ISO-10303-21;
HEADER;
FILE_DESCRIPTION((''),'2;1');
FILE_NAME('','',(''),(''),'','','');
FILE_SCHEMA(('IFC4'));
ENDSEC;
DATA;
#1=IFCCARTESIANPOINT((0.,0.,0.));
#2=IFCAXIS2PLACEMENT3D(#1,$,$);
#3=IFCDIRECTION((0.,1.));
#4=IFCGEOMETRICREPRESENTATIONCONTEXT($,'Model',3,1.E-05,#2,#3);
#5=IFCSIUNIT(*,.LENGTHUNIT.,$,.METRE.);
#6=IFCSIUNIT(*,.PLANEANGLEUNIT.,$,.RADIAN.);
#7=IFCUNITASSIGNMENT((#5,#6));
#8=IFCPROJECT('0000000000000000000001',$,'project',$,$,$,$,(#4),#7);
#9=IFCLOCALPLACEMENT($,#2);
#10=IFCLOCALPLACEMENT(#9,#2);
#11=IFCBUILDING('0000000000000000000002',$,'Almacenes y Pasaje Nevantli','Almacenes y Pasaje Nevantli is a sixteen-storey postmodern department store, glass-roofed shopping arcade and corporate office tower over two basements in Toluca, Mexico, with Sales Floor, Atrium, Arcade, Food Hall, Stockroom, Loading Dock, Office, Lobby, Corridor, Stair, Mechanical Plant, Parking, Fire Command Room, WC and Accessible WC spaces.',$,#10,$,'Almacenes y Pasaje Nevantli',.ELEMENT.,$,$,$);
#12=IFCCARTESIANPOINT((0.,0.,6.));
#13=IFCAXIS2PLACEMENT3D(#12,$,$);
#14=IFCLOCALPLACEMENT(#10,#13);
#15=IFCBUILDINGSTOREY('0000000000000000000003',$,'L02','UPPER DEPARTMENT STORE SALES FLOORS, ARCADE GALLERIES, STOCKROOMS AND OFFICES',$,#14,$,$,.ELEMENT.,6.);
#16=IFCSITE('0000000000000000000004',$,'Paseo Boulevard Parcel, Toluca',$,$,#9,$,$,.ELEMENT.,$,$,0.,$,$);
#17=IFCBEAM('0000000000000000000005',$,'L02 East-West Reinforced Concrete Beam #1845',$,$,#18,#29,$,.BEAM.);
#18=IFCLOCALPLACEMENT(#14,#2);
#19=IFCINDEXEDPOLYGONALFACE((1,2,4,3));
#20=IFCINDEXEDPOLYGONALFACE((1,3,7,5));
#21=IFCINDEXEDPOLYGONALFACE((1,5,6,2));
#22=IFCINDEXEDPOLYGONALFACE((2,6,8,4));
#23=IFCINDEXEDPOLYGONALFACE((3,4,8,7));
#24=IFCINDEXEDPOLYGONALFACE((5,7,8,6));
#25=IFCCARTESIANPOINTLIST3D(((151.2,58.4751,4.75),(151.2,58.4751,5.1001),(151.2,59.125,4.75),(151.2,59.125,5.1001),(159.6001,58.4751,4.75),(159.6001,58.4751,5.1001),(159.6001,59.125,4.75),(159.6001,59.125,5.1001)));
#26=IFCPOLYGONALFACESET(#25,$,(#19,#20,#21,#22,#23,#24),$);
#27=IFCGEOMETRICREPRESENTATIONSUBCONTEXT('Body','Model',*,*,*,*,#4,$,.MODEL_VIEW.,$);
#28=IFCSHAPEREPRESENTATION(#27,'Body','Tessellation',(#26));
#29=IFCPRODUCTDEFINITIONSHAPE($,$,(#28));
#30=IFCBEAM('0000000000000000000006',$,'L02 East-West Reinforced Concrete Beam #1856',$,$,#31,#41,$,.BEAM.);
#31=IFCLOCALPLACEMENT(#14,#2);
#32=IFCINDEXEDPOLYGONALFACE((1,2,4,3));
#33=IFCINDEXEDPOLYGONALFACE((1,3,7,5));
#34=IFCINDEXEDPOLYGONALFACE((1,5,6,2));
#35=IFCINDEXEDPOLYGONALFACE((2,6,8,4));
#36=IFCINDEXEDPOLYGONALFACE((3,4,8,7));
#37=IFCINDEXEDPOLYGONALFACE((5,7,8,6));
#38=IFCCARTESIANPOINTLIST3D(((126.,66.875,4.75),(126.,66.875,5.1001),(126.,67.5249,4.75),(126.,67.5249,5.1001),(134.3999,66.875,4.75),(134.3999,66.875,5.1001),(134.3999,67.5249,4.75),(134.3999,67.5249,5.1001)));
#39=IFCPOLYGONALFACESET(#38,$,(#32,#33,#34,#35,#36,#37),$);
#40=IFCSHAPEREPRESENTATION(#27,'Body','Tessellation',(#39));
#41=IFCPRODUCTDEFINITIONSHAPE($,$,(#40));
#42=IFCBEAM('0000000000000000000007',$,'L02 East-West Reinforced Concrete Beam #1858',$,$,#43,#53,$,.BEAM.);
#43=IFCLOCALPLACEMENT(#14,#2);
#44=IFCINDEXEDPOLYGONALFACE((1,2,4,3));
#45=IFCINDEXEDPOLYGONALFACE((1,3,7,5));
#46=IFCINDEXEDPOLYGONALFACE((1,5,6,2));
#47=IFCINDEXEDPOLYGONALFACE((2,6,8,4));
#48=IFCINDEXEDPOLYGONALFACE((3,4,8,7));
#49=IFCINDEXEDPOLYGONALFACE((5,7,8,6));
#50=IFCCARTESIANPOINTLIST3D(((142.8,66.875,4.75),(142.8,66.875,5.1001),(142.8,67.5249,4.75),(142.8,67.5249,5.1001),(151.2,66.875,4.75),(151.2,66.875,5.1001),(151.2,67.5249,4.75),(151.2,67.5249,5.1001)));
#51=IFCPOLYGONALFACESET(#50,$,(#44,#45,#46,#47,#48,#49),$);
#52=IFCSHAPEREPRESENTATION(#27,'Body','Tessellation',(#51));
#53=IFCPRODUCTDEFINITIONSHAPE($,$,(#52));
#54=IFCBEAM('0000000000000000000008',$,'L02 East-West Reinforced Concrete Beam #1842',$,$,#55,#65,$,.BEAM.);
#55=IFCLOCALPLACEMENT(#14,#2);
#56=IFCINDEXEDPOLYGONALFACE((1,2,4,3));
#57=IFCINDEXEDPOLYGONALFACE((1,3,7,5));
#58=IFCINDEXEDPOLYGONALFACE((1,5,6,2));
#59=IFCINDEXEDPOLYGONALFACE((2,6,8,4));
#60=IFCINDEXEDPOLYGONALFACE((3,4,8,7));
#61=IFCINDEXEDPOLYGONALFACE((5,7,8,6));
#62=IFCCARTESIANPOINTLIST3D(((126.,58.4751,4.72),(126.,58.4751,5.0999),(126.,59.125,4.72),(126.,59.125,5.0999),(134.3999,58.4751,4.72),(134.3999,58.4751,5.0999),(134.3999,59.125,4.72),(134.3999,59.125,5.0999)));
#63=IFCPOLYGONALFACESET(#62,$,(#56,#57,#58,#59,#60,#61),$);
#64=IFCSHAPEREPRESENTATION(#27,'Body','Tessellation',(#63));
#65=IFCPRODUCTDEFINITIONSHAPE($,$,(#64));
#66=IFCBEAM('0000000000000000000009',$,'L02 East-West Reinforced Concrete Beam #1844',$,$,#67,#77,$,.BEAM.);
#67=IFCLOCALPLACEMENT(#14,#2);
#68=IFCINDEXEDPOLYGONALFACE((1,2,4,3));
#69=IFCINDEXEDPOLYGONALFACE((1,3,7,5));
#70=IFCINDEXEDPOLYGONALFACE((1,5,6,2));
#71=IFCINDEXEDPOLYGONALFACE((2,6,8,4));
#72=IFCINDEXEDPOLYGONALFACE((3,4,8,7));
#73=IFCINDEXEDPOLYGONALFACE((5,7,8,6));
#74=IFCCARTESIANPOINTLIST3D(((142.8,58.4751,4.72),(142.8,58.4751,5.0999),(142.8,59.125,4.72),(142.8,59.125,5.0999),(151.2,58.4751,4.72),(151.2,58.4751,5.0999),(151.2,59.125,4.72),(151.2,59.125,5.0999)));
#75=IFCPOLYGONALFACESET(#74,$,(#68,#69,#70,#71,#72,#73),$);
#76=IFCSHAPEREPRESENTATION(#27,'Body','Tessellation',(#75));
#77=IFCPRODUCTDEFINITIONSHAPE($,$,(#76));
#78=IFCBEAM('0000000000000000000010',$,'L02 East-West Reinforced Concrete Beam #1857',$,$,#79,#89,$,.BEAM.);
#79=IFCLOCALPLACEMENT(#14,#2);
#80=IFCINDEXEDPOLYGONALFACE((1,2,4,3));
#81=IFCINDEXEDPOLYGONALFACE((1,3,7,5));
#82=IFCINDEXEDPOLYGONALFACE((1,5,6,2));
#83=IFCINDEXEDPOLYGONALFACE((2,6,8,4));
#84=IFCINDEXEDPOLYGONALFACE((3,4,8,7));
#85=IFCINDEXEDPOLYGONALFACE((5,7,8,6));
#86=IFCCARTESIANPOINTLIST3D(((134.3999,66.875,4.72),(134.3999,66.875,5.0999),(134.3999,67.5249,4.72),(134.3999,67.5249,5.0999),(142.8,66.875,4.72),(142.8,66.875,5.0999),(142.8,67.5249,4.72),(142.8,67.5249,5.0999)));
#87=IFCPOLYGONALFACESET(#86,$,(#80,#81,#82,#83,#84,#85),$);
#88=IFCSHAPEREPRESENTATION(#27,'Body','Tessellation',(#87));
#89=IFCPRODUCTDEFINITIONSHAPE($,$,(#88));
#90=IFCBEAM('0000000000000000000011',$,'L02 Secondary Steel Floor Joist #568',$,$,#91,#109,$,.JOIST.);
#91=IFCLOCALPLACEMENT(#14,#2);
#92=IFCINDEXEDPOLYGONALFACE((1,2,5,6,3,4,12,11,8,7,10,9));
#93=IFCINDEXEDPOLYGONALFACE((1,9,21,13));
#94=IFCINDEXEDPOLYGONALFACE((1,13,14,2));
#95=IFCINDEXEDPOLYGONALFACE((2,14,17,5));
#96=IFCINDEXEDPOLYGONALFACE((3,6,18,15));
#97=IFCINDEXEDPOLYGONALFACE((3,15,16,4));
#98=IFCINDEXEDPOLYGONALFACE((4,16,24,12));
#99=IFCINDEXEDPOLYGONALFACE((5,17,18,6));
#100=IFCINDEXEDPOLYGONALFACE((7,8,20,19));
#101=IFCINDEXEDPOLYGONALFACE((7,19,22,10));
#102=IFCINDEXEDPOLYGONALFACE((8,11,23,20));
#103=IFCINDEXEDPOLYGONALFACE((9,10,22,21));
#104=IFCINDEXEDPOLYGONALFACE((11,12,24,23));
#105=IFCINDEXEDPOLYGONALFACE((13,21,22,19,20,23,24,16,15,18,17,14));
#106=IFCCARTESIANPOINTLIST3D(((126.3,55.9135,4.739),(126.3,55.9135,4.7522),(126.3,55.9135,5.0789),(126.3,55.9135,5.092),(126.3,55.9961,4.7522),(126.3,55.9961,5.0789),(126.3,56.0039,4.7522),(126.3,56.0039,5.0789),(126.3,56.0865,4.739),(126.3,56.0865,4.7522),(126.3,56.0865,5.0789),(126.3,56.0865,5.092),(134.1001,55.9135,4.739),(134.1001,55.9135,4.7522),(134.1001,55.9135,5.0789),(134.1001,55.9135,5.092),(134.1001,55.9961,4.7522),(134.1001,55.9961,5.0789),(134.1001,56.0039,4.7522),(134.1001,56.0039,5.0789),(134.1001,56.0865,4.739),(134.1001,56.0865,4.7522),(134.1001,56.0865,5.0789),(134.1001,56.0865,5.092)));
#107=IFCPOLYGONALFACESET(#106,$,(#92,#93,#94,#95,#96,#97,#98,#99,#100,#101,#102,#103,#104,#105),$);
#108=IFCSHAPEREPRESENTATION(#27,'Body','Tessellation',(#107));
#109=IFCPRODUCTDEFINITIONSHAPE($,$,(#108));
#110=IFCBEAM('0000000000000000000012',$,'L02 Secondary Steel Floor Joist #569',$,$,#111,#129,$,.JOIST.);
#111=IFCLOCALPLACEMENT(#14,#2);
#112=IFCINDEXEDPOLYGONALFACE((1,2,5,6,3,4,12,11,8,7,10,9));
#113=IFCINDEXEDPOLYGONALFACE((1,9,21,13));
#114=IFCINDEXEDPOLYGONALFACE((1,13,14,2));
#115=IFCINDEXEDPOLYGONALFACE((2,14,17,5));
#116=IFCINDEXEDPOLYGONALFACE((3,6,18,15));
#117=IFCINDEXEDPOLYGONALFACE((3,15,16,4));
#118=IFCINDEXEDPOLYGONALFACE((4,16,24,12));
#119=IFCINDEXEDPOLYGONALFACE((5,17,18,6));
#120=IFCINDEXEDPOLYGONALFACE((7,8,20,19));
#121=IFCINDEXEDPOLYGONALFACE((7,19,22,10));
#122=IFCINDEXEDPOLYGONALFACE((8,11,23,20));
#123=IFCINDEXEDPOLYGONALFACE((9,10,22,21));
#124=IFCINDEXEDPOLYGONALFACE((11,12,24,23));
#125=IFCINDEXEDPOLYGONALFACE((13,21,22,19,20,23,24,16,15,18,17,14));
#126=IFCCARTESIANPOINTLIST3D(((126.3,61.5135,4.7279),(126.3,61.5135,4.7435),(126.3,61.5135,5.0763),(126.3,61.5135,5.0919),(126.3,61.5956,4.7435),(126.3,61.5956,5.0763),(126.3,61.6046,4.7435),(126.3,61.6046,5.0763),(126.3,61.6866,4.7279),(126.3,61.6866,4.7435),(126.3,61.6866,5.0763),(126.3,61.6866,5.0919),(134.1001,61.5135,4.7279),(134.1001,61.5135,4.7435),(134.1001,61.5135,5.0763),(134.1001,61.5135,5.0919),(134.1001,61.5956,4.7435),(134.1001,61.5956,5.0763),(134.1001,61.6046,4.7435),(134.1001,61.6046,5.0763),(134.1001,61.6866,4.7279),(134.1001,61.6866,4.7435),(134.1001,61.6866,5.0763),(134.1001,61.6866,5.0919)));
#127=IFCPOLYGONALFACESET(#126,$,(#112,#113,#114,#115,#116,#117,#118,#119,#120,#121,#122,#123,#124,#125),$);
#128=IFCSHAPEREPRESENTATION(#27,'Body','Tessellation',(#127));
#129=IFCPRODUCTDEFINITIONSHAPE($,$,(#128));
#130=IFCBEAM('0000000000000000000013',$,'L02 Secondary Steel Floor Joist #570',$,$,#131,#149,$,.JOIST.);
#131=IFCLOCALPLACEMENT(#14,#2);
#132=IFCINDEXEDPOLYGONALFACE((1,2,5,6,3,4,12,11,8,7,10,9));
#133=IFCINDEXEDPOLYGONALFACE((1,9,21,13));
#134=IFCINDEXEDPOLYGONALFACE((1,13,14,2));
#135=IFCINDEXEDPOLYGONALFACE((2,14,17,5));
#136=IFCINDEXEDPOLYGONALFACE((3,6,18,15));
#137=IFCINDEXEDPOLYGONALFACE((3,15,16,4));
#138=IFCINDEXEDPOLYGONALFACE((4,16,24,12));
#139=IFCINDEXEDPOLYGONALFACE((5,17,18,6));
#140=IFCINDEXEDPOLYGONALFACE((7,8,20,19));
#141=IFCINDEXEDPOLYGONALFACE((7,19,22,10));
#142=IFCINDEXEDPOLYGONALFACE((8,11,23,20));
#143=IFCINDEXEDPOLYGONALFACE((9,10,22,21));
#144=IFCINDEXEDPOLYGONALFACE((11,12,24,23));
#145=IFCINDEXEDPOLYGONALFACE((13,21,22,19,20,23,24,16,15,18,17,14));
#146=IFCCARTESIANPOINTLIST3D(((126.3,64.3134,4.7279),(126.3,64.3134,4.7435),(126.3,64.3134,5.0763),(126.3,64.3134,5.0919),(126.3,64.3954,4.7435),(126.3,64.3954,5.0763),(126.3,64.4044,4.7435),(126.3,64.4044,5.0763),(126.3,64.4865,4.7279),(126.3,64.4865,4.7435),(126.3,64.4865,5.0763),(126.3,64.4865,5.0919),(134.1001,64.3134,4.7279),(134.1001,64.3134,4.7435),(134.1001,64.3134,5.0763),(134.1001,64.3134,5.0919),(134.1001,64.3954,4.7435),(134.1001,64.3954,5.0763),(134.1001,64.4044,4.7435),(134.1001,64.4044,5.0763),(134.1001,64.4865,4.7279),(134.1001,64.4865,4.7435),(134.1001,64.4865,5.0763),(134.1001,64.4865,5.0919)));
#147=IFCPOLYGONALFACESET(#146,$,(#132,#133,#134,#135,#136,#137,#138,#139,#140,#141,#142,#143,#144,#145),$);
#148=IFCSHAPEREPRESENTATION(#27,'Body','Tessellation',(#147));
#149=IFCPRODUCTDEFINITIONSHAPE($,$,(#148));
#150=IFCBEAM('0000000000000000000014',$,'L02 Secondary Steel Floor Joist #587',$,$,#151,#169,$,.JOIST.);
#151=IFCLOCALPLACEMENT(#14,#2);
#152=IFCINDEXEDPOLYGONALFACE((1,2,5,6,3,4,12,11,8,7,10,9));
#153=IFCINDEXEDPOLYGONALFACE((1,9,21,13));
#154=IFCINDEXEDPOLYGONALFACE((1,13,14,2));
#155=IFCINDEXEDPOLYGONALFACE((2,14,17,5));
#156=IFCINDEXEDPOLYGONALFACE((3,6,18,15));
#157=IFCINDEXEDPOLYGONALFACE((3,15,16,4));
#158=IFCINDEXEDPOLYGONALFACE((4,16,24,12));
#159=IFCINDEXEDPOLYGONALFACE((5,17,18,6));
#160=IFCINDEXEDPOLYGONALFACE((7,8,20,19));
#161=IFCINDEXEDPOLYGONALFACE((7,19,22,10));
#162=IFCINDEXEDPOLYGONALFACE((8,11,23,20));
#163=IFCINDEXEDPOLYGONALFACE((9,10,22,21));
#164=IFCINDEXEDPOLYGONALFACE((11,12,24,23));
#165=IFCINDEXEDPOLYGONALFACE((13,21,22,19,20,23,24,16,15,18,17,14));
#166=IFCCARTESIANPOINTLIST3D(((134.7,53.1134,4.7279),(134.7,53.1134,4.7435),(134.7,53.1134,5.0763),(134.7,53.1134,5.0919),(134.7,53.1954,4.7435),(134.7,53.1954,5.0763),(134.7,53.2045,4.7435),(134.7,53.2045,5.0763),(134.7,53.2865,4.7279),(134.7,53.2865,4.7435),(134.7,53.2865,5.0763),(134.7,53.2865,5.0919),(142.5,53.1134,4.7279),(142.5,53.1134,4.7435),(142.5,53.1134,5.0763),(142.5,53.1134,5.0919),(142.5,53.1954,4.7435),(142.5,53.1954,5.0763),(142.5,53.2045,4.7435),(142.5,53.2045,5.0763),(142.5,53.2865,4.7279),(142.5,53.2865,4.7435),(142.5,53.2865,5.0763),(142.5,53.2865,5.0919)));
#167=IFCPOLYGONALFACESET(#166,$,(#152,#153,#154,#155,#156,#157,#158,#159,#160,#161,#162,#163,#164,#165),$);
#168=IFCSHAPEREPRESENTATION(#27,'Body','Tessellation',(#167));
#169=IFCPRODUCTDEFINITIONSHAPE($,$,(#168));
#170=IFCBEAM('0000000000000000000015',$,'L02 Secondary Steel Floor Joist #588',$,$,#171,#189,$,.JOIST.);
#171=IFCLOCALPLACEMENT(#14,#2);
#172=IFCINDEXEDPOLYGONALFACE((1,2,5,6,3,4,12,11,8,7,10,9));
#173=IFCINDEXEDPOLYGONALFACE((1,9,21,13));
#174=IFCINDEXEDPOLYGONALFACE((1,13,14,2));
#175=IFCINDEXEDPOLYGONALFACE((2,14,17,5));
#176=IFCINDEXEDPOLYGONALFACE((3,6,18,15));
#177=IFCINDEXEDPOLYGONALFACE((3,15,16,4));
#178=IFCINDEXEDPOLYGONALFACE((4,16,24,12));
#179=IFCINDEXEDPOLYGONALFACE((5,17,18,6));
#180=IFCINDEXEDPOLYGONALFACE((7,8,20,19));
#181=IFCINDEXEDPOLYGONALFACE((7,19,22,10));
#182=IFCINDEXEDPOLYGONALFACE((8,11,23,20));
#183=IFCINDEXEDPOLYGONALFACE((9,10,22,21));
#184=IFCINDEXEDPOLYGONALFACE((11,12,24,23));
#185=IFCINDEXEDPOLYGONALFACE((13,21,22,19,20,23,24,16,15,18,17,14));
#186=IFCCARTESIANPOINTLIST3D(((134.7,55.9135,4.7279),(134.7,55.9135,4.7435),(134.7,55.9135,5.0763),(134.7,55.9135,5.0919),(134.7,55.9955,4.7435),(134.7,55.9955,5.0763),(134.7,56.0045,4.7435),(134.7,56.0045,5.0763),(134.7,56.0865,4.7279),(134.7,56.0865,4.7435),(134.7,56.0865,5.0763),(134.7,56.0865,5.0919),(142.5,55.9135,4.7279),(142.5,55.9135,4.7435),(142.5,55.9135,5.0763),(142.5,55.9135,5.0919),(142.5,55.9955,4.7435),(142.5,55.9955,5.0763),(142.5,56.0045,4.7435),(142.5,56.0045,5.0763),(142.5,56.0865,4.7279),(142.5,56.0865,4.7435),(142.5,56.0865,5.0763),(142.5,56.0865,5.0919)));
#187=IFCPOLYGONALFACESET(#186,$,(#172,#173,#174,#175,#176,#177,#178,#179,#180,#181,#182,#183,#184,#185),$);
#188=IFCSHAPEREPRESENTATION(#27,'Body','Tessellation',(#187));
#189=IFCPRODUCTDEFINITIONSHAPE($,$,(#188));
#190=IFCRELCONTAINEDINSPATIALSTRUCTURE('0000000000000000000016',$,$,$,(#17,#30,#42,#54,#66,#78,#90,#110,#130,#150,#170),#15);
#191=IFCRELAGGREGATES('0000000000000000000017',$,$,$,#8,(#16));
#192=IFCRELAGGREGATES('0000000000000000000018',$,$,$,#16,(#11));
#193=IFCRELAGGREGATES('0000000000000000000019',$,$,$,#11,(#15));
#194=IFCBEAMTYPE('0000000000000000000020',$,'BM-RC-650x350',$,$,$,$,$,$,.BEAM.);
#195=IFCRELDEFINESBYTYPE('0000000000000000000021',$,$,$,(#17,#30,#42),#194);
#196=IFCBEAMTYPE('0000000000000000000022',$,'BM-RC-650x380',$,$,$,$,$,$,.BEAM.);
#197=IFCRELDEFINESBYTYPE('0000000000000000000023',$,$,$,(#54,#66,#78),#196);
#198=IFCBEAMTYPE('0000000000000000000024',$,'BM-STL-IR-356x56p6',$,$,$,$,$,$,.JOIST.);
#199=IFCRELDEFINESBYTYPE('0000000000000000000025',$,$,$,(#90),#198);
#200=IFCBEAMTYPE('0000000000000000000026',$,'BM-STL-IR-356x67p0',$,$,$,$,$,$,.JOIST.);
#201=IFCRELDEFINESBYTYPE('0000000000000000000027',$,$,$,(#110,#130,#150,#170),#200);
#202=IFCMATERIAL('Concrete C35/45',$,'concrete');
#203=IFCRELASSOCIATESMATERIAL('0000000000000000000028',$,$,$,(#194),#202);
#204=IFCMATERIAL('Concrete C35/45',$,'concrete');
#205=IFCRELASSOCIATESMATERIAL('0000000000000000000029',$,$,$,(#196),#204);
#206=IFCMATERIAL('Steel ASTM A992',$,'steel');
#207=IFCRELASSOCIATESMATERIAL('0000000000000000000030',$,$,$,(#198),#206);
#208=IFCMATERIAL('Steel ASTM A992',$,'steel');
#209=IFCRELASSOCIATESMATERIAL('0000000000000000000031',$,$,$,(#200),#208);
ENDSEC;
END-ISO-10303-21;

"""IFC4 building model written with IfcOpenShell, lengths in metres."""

from ifc_helpers import new_model, si_unit, direction, frame, origin, origin_2d, place, context, subcontext, project, spatial, rectangle, i_section, extrude, material, material_profile, profile_set, type_object, element, save


model = new_model("IFC4")

# Units and contexts
model_context = context("Model", 3, precision=1e-05, world=origin(), true_north=direction((0.0, 1.0)))
body_context = subcontext(model_context, "Body", "Model", "MODEL_VIEW")
ifc_project = project(units=[si_unit("LENGTHUNIT", "METRE"), si_unit("PLANEANGLEUNIT", "RADIAN")], contexts=[model_context])

# Site, building, storey
site_placement = place(None, origin())
site = spatial("IfcSite", under=ifc_project, at=site_placement, Name="Paseo Boulevard Parcel, Toluca", CompositionType="ELEMENT", RefElevation=0.0)
building_placement = place(site_placement, origin())
building = spatial("IfcBuilding", under=site, at=building_placement, Name="Almacenes y Pasaje Nevantli", Description="Almacenes y Pasaje Nevantli is a sixteen-storey postmodern department store, glass-roofed shopping arcade and corporate office tower over two basements in Toluca, Mexico, with Sales Floor, Atrium, Arcade, Food Hall, Stockroom, Loading Dock, Office, Lobby, Corridor, Stair, Mechanical Plant, Parking, Fire Command Room, WC and Accessible WC spaces.", LongName="Almacenes y Pasaje Nevantli", CompositionType="ELEMENT")
storey_placement = place(building_placement, frame((0.0, 0.0, 6.0)))
storey = spatial("IfcBuildingStorey", under=building, at=storey_placement, Name="L02", Description="UPPER DEPARTMENT STORE SALES FLOORS, ARCADE GALLERIES, STOCKROOMS AND OFFICES", CompositionType="ELEMENT", Elevation=6.0)

# Beams
ifc_material_1 = material(Name="Concrete C35/45", Category="concrete")
ifc_material_profile_1 = material_profile(ifc_material_1, rectangle(XDim=0.6499, YDim=0.3501, at=origin_2d()), Name="RC-BM-650x350")
ifc_profile_set_1 = profile_set([ifc_material_profile_1], Name="Concrete C35/45")
beam_type_1 = type_object("IfcBeamType", Name="BM-RC-650x350", PredefinedType="BEAM", material=ifc_profile_set_1)
for number, where, z_axis, x_axis, name in (
    (1, (151.2, 58.8, 4.925), (1.0, 0.0, 0.0), (0.0, 1.0, 0.0), "L02 East-West Reinforced Concrete Beam #1845"),
):
    element("IfcBeam", number, at=place(storey_placement, frame(where, z_axis=z_axis, x_axis=x_axis)), inside=storey, type_object=beam_type_1, Name=name, PredefinedType="BEAM", context=body_context, shape_type="SweptSolid", body=[
        extrude(rectangle(XDim=0.6499, YDim=0.3501, at=origin_2d()), origin(), (0.0, 0.0, 1.0), 8.4001),
    ])
for number, where, z_axis, x_axis, name in (
    (2, (126.0, 67.2, 4.925), (1.0, 0.0, 0.0), (0.0, 1.0, 0.0), "L02 East-West Reinforced Concrete Beam #1856"),
    (3, (142.8, 67.2, 4.925), (1.0, 0.0, 0.0), (0.0, 1.0, 0.0), "L02 East-West Reinforced Concrete Beam #1858"),
):
    element("IfcBeam", number, at=place(storey_placement, frame(where, z_axis=z_axis, x_axis=x_axis)), inside=storey, type_object=beam_type_1, Name=name, PredefinedType="BEAM", context=body_context, shape_type="SweptSolid", body=[
        extrude(rectangle(XDim=0.6499, YDim=0.3501, at=origin_2d()), origin(), (0.0, 0.0, 1.0), 8.3999),
    ])
ifc_material_2 = material(Name="Concrete C35/45", Category="concrete")
ifc_material_profile_2 = material_profile(ifc_material_2, rectangle(XDim=0.6499, YDim=0.3799, at=origin_2d()), Name="RC-BM-650x380")
ifc_profile_set_2 = profile_set([ifc_material_profile_2], Name="Concrete C35/45")
beam_type_2 = type_object("IfcBeamType", Name="BM-RC-650x380", PredefinedType="BEAM", material=ifc_profile_set_2)
for number, where, z_axis, x_axis, name in (
    (4, (126.0, 58.8, 4.9099), (1.0, 0.0, 0.0), (0.0, 1.0, 0.0), "L02 East-West Reinforced Concrete Beam #1842"),
    (5, (142.8, 58.8, 4.9099), (1.0, 0.0, 0.0), (0.0, 1.0, 0.0), "L02 East-West Reinforced Concrete Beam #1844"),
):
    element("IfcBeam", number, at=place(storey_placement, frame(where, z_axis=z_axis, x_axis=x_axis)), inside=storey, type_object=beam_type_2, Name=name, PredefinedType="BEAM", context=body_context, shape_type="SweptSolid", body=[
        extrude(rectangle(XDim=0.6499, YDim=0.3799, at=origin_2d()), origin(), (0.0, 0.0, 1.0), 8.3999),
    ])
beam_1_placement = place(storey_placement, frame((134.3999, 67.2, 4.9099), z_axis=(1.0, 0.0, 0.0), x_axis=(0.0, 1.0, 0.0)))
element("IfcBeam", 6, at=beam_1_placement, inside=storey, type_object=beam_type_2, Name="L02 East-West Reinforced Concrete Beam #1857", PredefinedType="BEAM", context=body_context, shape_type="SweptSolid", body=[
    extrude(rectangle(XDim=0.6499, YDim=0.3799, at=origin_2d()), origin(), (0.0, 0.0, 1.0), 8.4001),
])
ifc_material_3 = material(Name="Steel ASTM A992", Category="steel")
ifc_material_profile_3 = material_profile(ifc_material_3, i_section(OverallWidth=0.1731, OverallDepth=0.353, WebThickness=0.0078, FlangeThickness=0.0132, at=origin_2d()), Name="IR 356x56.6")
ifc_profile_set_3 = profile_set([ifc_material_profile_3], Name="Steel ASTM A992")
beam_type_3 = type_object("IfcBeamType", Name="BM-STL-IR-356x56p6", PredefinedType="JOIST", material=ifc_profile_set_3)
beam_2_placement = place(storey_placement, frame((126.3, 56.0, 4.9155), z_axis=(1.0, 0.0, 0.0), x_axis=(0.0, 1.0, 0.0)))
element("IfcBeam", 7, at=beam_2_placement, inside=storey, type_object=beam_type_3, Name="L02 Secondary Steel Floor Joist #568", PredefinedType="JOIST", context=body_context, shape_type="SweptSolid", body=[
    extrude(i_section(OverallWidth=0.1731, OverallDepth=0.353, WebThickness=0.0078, FlangeThickness=0.0132, at=origin_2d()), origin(), (0.0, 0.0, 1.0), 7.8),
])
ifc_material_4 = material(Name="Steel ASTM A992", Category="steel")
ifc_material_profile_4 = material_profile(ifc_material_4, i_section(OverallWidth=0.1731, OverallDepth=0.364, WebThickness=0.009, FlangeThickness=0.0156, at=origin_2d()), Name="IR 356x67.0")
ifc_profile_set_4 = profile_set([ifc_material_profile_4], Name="Steel ASTM A992")
beam_type_4 = type_object("IfcBeamType", Name="BM-STL-IR-356x67p0", PredefinedType="JOIST", material=ifc_profile_set_4)
for number, where, z_axis, x_axis, name in (
    (8, (126.3, 61.6001, 4.9099), (1.0, 0.0, 0.0), (0.0, 1.0, 0.0), "L02 Secondary Steel Floor Joist #569"),
    (9, (126.3, 64.3999, 4.9099), (1.0, 0.0, 0.0), (0.0, 1.0, 0.0), "L02 Secondary Steel Floor Joist #570"),
    (10, (134.7, 53.2, 4.9099), (1.0, 0.0, 0.0), (0.0, 1.0, 0.0), "L02 Secondary Steel Floor Joist #587"),
    (11, (134.7, 56.0, 4.9099), (1.0, 0.0, 0.0), (0.0, 1.0, 0.0), "L02 Secondary Steel Floor Joist #588"),
):
    element("IfcBeam", number, at=place(storey_placement, frame(where, z_axis=z_axis, x_axis=x_axis)), inside=storey, type_object=beam_type_4, Name=name, PredefinedType="JOIST", context=body_context, shape_type="SweptSolid", body=[
        extrude(i_section(OverallWidth=0.1731, OverallDepth=0.364, WebThickness=0.009, FlangeThickness=0.0156, at=origin_2d()), origin(), (0.0, 0.0, 1.0), 7.8),
    ])

save(model, "model.ifc")
